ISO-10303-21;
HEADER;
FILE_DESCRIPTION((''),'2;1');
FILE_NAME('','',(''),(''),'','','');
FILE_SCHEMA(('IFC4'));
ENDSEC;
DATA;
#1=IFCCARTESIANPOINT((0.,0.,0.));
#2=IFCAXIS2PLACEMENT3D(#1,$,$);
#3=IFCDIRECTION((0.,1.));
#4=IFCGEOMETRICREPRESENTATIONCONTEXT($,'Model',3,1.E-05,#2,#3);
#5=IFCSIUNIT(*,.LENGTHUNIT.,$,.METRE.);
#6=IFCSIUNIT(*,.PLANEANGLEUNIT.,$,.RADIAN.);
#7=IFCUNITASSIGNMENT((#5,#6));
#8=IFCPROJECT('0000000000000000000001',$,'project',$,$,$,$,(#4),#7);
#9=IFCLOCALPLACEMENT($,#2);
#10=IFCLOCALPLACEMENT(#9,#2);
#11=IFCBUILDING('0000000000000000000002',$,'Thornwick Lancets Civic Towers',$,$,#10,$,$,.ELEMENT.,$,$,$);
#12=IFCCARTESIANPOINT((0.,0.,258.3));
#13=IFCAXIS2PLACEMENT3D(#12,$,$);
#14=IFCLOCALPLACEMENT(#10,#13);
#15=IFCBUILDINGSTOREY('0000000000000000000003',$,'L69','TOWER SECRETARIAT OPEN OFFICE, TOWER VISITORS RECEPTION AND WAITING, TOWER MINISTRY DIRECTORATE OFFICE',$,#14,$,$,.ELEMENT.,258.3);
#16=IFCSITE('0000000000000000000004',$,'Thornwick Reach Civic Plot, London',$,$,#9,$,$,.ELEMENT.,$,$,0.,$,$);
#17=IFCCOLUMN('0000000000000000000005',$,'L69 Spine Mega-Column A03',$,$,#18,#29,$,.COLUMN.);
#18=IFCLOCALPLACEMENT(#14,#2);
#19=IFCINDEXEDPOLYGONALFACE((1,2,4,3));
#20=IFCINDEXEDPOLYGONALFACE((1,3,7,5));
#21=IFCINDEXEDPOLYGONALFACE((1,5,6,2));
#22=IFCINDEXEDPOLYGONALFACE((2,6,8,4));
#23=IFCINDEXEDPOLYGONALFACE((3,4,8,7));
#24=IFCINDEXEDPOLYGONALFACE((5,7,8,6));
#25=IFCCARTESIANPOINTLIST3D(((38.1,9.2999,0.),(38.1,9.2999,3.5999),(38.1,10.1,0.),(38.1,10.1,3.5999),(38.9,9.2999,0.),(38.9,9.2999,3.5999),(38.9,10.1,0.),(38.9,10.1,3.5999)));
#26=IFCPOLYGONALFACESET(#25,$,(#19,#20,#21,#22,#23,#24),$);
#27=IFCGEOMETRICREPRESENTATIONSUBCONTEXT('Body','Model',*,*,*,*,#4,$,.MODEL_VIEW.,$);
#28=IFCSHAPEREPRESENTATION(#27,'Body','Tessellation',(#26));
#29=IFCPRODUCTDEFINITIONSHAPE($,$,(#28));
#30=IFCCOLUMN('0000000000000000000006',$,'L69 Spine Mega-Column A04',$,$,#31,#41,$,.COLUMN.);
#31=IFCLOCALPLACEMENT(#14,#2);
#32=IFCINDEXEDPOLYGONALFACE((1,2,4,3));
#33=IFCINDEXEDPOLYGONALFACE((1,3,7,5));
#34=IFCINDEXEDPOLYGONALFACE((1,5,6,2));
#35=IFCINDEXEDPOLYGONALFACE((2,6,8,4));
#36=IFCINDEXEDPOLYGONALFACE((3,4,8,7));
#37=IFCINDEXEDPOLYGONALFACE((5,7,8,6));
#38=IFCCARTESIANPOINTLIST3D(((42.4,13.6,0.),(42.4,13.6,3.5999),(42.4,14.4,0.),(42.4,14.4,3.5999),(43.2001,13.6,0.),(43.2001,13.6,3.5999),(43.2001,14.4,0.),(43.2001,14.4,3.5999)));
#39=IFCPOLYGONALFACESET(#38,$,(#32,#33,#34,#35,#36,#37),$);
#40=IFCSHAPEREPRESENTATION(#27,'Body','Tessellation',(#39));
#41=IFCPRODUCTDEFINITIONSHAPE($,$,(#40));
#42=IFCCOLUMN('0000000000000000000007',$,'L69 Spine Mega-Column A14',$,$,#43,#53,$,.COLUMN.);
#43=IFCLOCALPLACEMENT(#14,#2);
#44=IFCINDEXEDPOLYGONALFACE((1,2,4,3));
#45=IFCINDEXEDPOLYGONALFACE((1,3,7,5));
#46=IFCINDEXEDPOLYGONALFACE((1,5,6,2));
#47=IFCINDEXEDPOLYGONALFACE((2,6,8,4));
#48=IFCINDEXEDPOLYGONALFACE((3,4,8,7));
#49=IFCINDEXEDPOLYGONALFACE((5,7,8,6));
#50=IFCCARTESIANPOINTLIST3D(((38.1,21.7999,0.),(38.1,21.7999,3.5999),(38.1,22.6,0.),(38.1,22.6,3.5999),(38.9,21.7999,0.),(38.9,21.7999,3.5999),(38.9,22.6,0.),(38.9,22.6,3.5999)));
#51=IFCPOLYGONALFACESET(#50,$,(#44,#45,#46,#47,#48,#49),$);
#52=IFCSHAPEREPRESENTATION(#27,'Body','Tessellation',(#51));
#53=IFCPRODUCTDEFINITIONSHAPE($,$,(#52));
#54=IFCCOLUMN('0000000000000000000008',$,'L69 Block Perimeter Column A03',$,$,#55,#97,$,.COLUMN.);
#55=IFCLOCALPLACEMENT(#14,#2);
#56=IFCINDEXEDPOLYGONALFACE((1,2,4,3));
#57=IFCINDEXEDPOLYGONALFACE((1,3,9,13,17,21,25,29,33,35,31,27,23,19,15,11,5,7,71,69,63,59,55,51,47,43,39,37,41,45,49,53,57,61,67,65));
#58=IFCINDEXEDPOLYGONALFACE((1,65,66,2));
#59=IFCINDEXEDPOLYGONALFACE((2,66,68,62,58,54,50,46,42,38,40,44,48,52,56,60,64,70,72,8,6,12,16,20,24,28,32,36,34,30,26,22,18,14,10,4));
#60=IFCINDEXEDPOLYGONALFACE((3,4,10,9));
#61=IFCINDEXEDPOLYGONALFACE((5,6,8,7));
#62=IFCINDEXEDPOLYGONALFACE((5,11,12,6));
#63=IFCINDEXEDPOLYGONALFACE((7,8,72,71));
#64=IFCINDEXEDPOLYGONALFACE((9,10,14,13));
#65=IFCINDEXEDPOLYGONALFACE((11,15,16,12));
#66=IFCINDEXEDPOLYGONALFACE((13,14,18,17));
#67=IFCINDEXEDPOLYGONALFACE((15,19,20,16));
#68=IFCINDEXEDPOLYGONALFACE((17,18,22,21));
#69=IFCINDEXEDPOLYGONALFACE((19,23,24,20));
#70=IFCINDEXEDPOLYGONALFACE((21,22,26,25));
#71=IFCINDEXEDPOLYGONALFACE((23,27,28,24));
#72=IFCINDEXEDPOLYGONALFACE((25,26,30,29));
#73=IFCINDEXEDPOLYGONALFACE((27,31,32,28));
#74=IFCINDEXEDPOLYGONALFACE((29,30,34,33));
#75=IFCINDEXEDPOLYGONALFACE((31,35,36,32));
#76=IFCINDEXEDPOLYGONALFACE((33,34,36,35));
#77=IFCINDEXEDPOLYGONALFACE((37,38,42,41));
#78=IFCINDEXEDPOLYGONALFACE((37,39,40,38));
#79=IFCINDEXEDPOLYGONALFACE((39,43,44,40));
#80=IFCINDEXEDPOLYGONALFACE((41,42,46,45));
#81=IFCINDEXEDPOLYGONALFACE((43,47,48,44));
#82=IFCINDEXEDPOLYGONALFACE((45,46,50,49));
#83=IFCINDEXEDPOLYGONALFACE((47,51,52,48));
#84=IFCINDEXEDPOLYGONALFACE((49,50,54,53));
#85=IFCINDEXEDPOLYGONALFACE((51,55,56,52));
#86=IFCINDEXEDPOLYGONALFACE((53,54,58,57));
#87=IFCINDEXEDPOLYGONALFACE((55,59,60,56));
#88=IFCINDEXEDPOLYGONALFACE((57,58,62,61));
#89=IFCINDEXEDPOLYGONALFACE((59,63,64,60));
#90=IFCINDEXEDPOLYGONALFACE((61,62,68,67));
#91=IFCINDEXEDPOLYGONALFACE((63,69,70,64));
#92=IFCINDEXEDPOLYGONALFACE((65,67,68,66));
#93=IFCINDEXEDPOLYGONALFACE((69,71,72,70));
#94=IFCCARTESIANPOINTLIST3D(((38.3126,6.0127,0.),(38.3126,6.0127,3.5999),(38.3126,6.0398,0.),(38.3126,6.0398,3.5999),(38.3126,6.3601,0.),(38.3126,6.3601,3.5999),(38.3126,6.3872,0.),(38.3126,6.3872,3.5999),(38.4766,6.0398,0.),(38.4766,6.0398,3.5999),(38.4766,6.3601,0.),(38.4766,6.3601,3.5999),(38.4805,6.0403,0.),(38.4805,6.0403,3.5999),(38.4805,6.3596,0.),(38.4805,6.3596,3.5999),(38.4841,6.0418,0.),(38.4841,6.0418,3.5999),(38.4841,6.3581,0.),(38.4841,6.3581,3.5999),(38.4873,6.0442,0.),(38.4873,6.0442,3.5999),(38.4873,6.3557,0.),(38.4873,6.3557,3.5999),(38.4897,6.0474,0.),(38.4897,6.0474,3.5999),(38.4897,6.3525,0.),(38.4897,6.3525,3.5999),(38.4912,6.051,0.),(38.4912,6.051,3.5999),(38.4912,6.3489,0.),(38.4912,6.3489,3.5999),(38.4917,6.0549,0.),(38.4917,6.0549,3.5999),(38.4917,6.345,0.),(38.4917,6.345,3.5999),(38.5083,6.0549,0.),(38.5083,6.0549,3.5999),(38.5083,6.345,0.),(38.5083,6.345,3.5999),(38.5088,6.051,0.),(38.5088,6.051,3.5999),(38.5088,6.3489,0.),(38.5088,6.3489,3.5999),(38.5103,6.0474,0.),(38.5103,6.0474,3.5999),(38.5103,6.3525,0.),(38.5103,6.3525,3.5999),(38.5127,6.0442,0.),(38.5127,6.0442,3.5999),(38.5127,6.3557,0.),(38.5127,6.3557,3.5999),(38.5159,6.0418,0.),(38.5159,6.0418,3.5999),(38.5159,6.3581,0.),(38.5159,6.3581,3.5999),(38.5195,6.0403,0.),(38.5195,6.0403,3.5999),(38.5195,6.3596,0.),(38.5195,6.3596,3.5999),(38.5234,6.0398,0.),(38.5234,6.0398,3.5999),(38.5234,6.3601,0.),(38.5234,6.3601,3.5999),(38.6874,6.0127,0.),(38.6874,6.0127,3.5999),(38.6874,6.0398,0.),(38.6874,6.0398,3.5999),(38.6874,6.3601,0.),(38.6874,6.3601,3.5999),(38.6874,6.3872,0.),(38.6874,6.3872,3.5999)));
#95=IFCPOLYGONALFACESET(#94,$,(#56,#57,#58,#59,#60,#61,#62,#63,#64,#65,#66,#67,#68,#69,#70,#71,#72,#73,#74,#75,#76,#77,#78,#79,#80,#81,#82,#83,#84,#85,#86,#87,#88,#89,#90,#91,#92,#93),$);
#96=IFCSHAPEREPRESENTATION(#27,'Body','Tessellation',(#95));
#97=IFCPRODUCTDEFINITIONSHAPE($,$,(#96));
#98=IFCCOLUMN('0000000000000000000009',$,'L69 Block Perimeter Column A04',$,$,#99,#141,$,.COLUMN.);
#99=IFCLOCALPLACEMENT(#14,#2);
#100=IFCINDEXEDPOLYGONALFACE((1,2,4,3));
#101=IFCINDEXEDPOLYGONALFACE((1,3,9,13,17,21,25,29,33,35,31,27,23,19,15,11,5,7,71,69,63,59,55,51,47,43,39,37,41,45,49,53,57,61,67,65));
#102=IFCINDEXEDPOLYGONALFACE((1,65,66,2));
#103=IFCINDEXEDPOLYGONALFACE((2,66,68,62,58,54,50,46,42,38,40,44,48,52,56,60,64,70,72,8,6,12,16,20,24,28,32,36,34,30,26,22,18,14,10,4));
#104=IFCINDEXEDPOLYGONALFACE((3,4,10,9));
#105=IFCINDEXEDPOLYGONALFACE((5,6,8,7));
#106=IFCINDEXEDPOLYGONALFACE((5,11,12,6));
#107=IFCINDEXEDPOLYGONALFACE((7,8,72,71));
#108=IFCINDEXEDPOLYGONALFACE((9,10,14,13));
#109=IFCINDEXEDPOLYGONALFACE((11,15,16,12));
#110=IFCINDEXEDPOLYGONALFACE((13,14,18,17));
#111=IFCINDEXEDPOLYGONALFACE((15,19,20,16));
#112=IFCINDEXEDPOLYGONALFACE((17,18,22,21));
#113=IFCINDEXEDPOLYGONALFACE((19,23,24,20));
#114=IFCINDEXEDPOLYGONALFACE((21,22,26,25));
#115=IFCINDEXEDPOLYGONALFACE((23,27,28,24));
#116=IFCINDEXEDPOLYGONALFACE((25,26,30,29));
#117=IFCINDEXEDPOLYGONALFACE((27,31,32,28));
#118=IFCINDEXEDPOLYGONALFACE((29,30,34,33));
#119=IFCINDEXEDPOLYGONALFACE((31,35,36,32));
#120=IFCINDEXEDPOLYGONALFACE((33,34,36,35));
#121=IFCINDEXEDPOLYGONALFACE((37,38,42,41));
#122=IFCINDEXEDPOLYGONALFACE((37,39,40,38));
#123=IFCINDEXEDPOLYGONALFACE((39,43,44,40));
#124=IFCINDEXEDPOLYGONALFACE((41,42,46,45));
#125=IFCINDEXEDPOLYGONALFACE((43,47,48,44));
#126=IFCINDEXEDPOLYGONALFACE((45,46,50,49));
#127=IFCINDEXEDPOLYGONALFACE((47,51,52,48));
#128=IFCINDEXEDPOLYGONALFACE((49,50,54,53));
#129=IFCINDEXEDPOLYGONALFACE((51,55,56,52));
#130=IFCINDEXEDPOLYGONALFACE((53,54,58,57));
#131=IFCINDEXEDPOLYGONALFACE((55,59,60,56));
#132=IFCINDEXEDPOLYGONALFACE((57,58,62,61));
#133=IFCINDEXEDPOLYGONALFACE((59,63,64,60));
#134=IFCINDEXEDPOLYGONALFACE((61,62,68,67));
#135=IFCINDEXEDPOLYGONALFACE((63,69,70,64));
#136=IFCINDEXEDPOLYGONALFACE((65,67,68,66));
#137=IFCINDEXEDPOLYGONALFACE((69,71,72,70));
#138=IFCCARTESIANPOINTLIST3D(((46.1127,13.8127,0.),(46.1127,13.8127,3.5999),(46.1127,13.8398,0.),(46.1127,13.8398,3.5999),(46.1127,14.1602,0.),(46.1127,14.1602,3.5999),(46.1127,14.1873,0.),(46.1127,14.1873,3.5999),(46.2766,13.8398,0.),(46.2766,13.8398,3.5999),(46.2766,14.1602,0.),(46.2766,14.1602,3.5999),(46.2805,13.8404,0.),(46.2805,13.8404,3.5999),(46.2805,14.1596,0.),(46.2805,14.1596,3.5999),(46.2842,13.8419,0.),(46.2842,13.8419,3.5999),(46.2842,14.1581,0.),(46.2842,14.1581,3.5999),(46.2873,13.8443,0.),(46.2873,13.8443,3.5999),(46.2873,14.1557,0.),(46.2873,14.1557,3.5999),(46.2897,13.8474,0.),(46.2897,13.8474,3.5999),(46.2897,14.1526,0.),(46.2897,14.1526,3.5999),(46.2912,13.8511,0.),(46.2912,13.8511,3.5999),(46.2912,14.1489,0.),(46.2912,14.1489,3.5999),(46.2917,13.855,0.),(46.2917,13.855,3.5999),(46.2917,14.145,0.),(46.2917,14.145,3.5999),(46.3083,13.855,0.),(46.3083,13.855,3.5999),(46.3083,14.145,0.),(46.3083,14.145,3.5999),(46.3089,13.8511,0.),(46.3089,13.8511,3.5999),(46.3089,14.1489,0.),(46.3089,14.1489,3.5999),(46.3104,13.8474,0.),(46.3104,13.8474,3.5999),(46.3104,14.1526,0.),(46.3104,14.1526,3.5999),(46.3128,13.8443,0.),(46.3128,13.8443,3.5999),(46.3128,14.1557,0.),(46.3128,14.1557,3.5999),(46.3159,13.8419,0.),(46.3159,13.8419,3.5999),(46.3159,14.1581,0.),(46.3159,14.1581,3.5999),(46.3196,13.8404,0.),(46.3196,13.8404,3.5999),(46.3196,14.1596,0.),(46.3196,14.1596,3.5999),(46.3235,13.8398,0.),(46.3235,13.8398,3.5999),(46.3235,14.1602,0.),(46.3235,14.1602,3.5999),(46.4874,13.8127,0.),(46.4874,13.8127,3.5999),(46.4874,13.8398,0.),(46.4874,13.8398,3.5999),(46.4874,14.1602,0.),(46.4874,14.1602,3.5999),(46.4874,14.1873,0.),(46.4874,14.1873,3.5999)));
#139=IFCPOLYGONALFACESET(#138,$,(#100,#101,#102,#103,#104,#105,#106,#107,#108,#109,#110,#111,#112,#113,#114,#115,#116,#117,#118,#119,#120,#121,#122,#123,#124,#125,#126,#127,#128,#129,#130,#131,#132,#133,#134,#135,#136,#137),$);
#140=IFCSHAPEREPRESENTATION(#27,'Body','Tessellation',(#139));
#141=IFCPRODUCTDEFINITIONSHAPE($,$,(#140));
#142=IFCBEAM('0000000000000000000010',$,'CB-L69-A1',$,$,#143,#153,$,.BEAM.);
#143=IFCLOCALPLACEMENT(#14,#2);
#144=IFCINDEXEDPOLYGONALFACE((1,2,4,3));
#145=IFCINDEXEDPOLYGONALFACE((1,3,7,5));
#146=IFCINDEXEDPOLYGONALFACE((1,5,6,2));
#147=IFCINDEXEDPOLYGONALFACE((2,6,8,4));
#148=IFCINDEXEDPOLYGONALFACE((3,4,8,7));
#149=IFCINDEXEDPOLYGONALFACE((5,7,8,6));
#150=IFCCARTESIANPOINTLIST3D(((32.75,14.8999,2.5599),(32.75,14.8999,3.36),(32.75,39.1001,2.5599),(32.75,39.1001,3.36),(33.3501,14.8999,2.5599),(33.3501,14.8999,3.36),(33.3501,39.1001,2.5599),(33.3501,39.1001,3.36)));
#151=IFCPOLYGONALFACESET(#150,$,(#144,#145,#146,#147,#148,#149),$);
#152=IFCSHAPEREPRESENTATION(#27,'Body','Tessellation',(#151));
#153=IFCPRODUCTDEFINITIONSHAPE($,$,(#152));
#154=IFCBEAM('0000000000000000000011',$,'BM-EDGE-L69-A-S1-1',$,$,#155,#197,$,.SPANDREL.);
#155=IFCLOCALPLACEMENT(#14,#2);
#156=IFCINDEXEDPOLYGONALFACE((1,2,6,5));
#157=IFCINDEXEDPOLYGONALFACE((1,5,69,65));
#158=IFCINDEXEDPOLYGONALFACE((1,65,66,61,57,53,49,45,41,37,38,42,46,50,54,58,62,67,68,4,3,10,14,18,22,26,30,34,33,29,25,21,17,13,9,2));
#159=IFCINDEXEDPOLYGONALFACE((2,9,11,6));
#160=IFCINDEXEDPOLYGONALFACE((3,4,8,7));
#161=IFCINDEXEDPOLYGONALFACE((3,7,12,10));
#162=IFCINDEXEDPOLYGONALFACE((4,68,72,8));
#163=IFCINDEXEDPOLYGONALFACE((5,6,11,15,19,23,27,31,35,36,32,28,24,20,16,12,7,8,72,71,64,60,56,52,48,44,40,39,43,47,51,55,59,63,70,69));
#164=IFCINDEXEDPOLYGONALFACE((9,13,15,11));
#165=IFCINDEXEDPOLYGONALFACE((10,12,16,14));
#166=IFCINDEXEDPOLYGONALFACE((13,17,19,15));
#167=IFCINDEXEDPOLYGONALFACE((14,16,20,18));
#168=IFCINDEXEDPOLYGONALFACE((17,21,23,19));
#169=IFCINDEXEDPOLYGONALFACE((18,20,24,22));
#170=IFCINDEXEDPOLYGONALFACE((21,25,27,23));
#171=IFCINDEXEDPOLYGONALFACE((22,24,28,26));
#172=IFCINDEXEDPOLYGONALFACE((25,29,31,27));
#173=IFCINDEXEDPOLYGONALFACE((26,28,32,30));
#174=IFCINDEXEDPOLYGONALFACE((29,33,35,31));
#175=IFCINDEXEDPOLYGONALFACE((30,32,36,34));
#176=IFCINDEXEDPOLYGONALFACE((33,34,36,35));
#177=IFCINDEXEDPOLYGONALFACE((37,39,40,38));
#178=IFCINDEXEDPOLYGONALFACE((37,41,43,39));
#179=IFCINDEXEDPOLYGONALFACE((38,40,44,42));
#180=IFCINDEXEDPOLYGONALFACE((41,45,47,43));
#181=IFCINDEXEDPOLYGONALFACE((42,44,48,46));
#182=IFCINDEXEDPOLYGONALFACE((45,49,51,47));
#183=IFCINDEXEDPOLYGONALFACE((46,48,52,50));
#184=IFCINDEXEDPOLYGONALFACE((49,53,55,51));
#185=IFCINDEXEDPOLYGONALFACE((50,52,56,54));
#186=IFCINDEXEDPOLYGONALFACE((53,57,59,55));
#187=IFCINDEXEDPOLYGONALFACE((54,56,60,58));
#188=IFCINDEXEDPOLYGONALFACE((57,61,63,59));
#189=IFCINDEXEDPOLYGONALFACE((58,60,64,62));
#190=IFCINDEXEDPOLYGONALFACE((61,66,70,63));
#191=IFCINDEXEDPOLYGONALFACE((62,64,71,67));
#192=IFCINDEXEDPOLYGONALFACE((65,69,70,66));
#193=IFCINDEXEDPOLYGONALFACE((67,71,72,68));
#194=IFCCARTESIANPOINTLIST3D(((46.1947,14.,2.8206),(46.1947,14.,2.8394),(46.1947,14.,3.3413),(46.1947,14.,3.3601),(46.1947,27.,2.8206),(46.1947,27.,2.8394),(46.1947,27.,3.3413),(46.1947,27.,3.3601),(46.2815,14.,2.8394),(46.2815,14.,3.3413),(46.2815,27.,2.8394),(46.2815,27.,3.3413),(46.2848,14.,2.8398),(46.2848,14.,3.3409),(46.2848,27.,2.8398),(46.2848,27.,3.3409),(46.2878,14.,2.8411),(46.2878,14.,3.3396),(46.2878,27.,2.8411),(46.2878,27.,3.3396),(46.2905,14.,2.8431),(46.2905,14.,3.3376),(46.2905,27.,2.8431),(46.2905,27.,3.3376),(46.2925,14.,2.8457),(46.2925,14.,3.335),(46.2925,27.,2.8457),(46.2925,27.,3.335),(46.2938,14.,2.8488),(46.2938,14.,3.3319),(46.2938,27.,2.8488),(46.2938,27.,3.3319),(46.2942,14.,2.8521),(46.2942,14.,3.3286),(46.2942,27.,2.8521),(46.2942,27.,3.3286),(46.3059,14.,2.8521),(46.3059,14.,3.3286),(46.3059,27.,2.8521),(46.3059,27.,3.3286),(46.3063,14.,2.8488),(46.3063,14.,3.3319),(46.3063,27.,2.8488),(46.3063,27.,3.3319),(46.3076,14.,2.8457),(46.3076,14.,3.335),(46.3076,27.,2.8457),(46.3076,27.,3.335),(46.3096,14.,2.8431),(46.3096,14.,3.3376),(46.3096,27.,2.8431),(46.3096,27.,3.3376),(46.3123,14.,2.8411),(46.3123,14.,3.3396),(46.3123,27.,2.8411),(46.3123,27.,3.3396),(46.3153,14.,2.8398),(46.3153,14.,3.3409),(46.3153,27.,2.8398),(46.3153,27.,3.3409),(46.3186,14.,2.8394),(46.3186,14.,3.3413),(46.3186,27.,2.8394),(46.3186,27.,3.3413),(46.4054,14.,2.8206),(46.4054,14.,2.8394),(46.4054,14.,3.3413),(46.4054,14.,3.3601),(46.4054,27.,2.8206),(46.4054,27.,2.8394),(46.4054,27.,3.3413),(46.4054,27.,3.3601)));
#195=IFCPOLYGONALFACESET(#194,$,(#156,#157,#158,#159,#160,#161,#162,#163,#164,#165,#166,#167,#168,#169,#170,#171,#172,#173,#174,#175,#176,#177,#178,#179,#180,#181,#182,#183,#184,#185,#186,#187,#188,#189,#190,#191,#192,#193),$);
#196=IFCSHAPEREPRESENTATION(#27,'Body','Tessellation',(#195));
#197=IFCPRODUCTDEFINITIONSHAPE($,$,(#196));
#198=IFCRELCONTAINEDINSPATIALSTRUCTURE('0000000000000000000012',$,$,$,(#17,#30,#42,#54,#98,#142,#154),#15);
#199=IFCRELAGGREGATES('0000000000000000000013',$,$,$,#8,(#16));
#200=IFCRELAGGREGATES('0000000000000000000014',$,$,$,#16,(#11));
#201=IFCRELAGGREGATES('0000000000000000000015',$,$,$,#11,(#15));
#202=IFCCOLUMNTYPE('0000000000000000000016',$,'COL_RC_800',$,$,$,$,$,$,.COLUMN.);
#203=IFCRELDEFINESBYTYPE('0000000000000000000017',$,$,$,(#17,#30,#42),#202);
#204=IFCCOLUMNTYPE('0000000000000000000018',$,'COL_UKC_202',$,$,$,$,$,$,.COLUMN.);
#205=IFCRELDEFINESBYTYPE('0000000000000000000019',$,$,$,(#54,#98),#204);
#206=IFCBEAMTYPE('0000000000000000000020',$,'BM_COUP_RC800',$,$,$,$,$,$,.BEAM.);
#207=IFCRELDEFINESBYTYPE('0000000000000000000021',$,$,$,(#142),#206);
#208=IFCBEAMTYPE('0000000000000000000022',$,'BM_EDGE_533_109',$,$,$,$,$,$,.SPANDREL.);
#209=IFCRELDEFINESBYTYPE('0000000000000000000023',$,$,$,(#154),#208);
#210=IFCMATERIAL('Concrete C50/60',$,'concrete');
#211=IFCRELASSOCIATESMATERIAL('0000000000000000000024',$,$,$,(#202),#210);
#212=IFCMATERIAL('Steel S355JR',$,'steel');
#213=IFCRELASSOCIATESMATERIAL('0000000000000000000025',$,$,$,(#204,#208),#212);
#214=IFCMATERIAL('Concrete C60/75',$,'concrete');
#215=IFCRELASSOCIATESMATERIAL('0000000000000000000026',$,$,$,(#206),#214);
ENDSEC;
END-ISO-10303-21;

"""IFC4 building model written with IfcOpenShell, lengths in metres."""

from ifc_helpers import new_model, si_unit, direction, frame, origin, origin_2d, place, context, subcontext, project, spatial, rectangle, i_section, extrude, material, material_profile, profile_set, type_object, element, save


model = new_model("IFC4")

# Units and contexts
model_context = context("Model", 3, precision=1e-05, world=origin(), true_north=direction((0.0, 1.0)))
body_context = subcontext(model_context, "Body", "Model", "MODEL_VIEW")
ifc_project = project(units=[si_unit("LENGTHUNIT", "METRE"), si_unit("PLANEANGLEUNIT", "RADIAN")], contexts=[model_context])

# Site, building, storey
site_placement = place(None, origin())
site = spatial("IfcSite", under=ifc_project, at=site_placement, Name="Thornwick Reach Civic Plot, London", CompositionType="ELEMENT", RefElevation=0.0)
building_placement = place(site_placement, origin())
building = spatial("IfcBuilding", under=site, at=building_placement, Name="Thornwick Lancets Civic Towers", CompositionType="ELEMENT")
storey_placement = place(building_placement, frame((0.0, 0.0, 258.3)))
storey = spatial("IfcBuildingStorey", under=building, at=storey_placement, Name="L69", Description="TOWER SECRETARIAT OPEN OFFICE, TOWER VISITORS RECEPTION AND WAITING, TOWER MINISTRY DIRECTORATE OFFICE", CompositionType="ELEMENT", Elevation=258.3)

# Columns
ifc_material_1 = material(Name="Concrete C50/60", Category="concrete")
ifc_material_profile_1 = material_profile(ifc_material_1, rectangle(XDim=0.8, YDim=0.8, at=origin_2d()), Name="RC 800x800")
ifc_profile_set_1 = profile_set([ifc_material_profile_1], Name="Concrete C50/60")
column_type_1 = type_object("IfcColumnType", Name="COL_RC_800", PredefinedType="COLUMN", material=ifc_profile_set_1)
for number, where, z_axis, x_axis, name in (
    (1, (38.5, 9.7, 0.0), (0.0, 0.0, 1.0), (1.0, 0.0, 0.0), "L69 Spine Mega-Column A03"),
    (2, (42.8, 14.0, 0.0), (0.0, 0.0, 1.0), (1.0, 0.0, 0.0), "L69 Spine Mega-Column A04"),
    (3, (38.5, 22.2, 0.0), (0.0, 0.0, 1.0), (1.0, 0.0, 0.0), "L69 Spine Mega-Column A14"),
):
    element("IfcColumn", number, at=place(storey_placement, frame(where, z_axis=z_axis, x_axis=x_axis)), inside=storey, type_object=column_type_1, Name=name, PredefinedType="COLUMN", context=body_context, shape_type="SweptSolid", body=[
        extrude(rectangle(XDim=0.8, YDim=0.8, at=origin_2d()), origin(), (0.0, 0.0, 1.0), 3.5999),
    ])
ifc_material_2 = material(Name="Steel S355JR", Category="steel")
ifc_material_profile_2 = material_profile(ifc_material_2, i_section(OverallWidth=0.3748, OverallDepth=0.3745, WebThickness=0.0166, FlangeThickness=0.0271, FilletRadius=0.0151, at=origin_2d()), Name="UKC 356x368x202")
ifc_profile_set_2 = profile_set([ifc_material_profile_2], Name="Steel S355JR")
column_type_2 = type_object("IfcColumnType", Name="COL_UKC_202", PredefinedType="COLUMN", material=ifc_profile_set_2)
for number, where, z_axis, x_axis, name in (
    (4, (38.5, 6.2, 0.0), (0.0, 0.0, 1.0), (1.0, 0.0, 0.0), "L69 Block Perimeter Column A03"),
    (5, (46.3, 14.0, 0.0), (0.0, 0.0, 1.0), (1.0, 0.0, 0.0), "L69 Block Perimeter Column A04"),
):
    element("IfcColumn", number, at=place(storey_placement, frame(where, z_axis=z_axis, x_axis=x_axis)), inside=storey, type_object=column_type_2, Name=name, PredefinedType="COLUMN", context=body_context, shape_type="SweptSolid", body=[
        extrude(i_section(OverallWidth=0.3748, OverallDepth=0.3745, WebThickness=0.0166, FlangeThickness=0.0271, FilletRadius=0.0151, at=origin_2d()), origin(), (0.0, 0.0, 1.0), 3.5999),
    ])

# Beams
ifc_material_3 = material(Name="Concrete C60/75", Category="concrete")
ifc_material_profile_3 = material_profile(ifc_material_3, rectangle(XDim=0.6001, YDim=0.8, at=origin_2d()), Name="RC 600x800")
ifc_profile_set_3 = profile_set([ifc_material_profile_3], Name="Concrete C60/75")
beam_type_1 = type_object("IfcBeamType", Name="BM_COUP_RC800", PredefinedType="BEAM", material=ifc_profile_set_3)
beam_1_placement = place(storey_placement, frame((33.05, 14.8999, 2.96), z_axis=(0.0, 1.0, 0.0), x_axis=(-1.0, 0.0, 0.0)))
element("IfcBeam", 6, at=beam_1_placement, inside=storey, type_object=beam_type_1, Name="CB-L69-A1", PredefinedType="BEAM", context=body_context, shape_type="SweptSolid", body=[
    extrude(rectangle(XDim=0.6001, YDim=0.8, at=origin_2d()), origin(), (0.0, 0.0, 1.0), 24.2002),
])
ifc_material_profile_4 = material_profile(ifc_material_2, i_section(OverallWidth=0.2107, OverallDepth=0.5396, WebThickness=0.0117, FlangeThickness=0.0188, FilletRadius=0.0127, at=origin_2d()), Name="UKB 533x210x109")
ifc_profile_set_4 = profile_set([ifc_material_profile_4], Name="Steel S355JR")
beam_type_2 = type_object("IfcBeamType", Name="BM_EDGE_533_109", PredefinedType="SPANDREL", material=ifc_profile_set_4)
beam_2_placement = place(storey_placement, frame((46.3, 14.0, 3.0903), z_axis=(0.0, 1.0, 0.0), x_axis=(-1.0, 0.0, 0.0)))
element("IfcBeam", 7, at=beam_2_placement, inside=storey, type_object=beam_type_2, Name="BM-EDGE-L69-A-S1-1", PredefinedType="SPANDREL", context=body_context, shape_type="SweptSolid", body=[
    extrude(i_section(OverallWidth=0.2107, OverallDepth=0.5396, WebThickness=0.0117, FlangeThickness=0.0188, FilletRadius=0.0127, at=origin_2d()), origin(), (0.0, 0.0, 1.0), 13.0),
])

save(model, "model.ifc")
